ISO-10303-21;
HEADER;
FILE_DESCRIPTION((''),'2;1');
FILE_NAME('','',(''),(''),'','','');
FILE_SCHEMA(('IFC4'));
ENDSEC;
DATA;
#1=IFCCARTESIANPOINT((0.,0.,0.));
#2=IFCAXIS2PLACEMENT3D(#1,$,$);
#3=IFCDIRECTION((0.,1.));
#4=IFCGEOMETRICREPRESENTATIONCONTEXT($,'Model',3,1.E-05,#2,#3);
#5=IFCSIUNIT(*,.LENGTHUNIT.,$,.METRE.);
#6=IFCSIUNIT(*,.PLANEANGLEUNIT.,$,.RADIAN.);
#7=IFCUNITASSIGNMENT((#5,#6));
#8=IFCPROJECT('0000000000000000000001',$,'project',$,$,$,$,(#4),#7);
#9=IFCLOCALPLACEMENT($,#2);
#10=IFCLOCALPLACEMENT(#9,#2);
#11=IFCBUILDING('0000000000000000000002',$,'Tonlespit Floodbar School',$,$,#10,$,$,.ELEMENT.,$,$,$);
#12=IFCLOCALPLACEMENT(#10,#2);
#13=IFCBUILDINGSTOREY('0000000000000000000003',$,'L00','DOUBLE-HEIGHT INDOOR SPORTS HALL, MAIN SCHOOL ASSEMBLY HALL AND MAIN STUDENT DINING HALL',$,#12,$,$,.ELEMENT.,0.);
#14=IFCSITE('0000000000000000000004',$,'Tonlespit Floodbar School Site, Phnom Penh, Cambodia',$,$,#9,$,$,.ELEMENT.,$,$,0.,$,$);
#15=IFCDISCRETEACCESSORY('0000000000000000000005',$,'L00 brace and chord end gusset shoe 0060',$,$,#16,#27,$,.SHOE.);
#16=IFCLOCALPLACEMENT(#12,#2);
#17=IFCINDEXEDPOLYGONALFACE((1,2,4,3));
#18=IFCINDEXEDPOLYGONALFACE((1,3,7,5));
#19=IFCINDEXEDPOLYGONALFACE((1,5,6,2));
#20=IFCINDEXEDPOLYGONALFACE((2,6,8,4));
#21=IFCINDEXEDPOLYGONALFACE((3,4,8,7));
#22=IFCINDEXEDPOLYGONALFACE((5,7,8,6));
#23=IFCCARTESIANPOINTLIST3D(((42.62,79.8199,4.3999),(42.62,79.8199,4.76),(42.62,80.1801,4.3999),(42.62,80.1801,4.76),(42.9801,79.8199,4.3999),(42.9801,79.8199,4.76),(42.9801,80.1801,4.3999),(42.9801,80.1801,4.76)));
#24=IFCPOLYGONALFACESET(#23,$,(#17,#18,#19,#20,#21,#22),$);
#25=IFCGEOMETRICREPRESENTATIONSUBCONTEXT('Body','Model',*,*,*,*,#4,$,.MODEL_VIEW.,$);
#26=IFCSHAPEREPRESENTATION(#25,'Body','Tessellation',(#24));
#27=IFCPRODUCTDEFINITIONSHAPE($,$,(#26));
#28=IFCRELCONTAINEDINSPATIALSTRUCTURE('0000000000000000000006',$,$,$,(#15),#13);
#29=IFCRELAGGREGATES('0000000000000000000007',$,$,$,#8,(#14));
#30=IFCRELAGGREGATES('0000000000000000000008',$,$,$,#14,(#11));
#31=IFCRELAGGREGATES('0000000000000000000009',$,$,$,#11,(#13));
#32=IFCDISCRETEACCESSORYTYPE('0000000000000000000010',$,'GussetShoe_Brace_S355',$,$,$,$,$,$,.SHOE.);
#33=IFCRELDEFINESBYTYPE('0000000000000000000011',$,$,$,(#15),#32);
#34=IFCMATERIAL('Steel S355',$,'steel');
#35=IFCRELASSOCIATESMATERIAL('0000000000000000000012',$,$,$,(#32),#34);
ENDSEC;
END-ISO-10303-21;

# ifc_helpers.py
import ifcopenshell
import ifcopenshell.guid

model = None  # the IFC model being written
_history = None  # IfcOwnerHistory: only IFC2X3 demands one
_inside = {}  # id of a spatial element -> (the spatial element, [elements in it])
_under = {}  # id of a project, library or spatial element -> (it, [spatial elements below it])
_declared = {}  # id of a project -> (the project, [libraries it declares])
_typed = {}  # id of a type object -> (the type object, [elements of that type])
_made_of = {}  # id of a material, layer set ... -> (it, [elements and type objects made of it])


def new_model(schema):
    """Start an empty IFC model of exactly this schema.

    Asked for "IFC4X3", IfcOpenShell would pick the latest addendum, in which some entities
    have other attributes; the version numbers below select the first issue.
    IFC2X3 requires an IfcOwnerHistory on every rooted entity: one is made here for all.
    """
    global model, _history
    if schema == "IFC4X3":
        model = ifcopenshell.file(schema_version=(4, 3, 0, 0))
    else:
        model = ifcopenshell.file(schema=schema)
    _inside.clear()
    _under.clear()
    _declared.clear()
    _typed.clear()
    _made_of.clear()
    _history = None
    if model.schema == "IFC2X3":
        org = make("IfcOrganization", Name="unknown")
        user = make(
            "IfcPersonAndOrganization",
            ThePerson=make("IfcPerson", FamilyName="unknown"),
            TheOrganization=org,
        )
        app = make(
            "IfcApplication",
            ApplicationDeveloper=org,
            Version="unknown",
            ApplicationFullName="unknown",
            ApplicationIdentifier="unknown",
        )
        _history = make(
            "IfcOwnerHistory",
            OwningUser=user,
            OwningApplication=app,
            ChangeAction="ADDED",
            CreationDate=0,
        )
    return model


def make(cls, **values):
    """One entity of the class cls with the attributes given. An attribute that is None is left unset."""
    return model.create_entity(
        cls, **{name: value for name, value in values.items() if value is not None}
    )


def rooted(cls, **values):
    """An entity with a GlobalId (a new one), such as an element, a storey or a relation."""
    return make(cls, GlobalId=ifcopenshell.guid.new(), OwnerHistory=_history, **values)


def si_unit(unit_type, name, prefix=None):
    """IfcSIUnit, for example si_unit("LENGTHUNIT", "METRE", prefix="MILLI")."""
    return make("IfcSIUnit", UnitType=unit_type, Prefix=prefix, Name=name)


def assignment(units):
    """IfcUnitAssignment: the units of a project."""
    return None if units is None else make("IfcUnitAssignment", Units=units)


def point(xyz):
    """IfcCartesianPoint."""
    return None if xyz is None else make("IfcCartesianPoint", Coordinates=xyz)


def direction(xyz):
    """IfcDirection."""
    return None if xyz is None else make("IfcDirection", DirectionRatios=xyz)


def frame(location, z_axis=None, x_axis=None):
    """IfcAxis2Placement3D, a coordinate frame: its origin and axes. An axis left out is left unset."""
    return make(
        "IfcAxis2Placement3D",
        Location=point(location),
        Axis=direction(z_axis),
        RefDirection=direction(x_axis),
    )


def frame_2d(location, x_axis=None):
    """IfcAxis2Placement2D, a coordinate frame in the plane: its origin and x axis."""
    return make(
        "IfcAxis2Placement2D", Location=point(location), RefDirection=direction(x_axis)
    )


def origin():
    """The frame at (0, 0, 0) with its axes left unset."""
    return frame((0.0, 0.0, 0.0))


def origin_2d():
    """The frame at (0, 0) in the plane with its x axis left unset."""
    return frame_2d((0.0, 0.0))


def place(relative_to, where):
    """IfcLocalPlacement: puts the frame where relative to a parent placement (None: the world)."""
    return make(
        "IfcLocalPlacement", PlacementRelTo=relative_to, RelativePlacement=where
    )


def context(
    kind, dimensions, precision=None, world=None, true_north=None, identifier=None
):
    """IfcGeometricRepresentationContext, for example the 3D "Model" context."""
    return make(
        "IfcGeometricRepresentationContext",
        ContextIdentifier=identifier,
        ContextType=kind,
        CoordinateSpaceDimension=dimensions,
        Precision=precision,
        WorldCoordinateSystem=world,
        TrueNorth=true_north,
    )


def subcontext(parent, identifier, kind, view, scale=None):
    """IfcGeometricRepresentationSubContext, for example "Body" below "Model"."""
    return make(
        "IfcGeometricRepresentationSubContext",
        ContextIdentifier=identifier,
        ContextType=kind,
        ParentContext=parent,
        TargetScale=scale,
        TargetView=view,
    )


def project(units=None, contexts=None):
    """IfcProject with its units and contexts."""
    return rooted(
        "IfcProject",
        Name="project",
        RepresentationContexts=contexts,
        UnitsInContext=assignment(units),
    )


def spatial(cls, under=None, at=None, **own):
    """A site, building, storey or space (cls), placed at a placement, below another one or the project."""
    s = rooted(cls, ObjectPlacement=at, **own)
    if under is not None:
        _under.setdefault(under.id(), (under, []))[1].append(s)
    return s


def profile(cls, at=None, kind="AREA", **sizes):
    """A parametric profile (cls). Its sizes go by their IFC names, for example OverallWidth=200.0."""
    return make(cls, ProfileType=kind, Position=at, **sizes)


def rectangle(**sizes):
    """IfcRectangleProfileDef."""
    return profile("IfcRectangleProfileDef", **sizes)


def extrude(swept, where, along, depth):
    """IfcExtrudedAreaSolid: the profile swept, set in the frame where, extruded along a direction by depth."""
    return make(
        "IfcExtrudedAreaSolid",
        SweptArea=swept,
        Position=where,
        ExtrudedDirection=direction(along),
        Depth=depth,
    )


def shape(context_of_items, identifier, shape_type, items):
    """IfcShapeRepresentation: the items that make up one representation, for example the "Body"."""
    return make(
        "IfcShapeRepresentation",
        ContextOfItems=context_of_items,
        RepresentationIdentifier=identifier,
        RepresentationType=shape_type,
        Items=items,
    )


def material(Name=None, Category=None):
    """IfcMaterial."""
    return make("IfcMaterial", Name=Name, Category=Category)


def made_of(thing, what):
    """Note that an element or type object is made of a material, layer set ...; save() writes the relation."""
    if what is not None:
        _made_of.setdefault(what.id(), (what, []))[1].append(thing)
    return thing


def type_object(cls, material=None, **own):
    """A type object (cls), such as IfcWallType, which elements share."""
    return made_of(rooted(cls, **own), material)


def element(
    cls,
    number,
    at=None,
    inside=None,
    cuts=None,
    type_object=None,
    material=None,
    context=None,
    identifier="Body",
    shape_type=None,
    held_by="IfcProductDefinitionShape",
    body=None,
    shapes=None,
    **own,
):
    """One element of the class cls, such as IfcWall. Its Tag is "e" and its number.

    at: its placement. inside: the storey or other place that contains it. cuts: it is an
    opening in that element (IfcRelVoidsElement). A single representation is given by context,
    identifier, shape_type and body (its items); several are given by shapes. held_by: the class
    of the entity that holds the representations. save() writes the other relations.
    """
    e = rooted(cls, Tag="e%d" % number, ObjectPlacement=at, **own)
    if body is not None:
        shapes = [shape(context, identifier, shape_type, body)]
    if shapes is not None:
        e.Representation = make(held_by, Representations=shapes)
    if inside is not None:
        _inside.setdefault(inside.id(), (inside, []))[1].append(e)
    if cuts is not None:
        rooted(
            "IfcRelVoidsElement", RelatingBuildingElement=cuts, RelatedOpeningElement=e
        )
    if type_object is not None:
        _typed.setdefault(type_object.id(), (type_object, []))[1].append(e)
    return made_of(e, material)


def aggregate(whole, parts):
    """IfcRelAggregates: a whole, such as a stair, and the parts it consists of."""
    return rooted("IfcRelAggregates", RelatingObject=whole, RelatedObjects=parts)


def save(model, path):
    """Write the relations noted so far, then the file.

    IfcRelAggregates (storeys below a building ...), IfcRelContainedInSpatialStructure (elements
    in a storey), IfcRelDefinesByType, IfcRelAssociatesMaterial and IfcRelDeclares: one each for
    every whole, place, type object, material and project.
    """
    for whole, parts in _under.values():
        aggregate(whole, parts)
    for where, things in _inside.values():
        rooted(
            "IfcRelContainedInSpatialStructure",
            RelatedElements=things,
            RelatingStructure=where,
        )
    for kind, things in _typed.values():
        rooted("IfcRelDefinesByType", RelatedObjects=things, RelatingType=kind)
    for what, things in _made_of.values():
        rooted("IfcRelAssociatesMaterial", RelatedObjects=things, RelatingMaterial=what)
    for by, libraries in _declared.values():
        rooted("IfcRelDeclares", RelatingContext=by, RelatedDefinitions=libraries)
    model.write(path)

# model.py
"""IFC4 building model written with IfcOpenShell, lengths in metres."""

from ifc_helpers import new_model, si_unit, direction, frame, origin, origin_2d, place, context, subcontext, project, spatial, rectangle, extrude, material, type_object, element, save


model = new_model("IFC4")

# Units and contexts
model_context = context("Model", 3, precision=1e-05, world=origin(), true_north=direction((0.0, 1.0)))
body_context = subcontext(model_context, "Body", "Model", "MODEL_VIEW")
ifc_project = project(units=[si_unit("LENGTHUNIT", "METRE"), si_unit("PLANEANGLEUNIT", "RADIAN")], contexts=[model_context])

# Site, building, storey
site_placement = place(None, origin())
site = spatial("IfcSite", under=ifc_project, at=site_placement, Name="Tonlespit Floodbar School Site, Phnom Penh, Cambodia", CompositionType="ELEMENT", RefElevation=0.0)
building_placement = place(site_placement, origin())
building = spatial("IfcBuilding", under=site, at=building_placement, Name="Tonlespit Floodbar School", CompositionType="ELEMENT")
storey_placement = place(building_placement, origin())
storey = spatial("IfcBuildingStorey", under=building, at=storey_placement, Name="L00", Description="DOUBLE-HEIGHT INDOOR SPORTS HALL, MAIN SCHOOL ASSEMBLY HALL AND MAIN STUDENT DINING HALL", CompositionType="ELEMENT", Elevation=0.0)

# Shared definitions
ifc_material_1 = material(Name="Steel S355", Category="steel")

# Discrete accessory
discrete_accessory_type_1 = type_object("IfcDiscreteAccessoryType", Name="GussetShoe_Brace_S355", PredefinedType="SHOE", material=ifc_material_1)
for number, where, z_axis, x_axis, name in (
    (1, (42.8, 80.0, 4.3999), (0.0, 0.0, 1.0), (1.0, 0.0, 0.0), "L00 brace and chord end gusset shoe 0060"),
):
    element("IfcDiscreteAccessory", number, at=place(storey_placement, frame(where, z_axis=z_axis, x_axis=x_axis)), inside=storey, type_object=discrete_accessory_type_1, Name=name, PredefinedType="SHOE", context=body_context, shape_type="SweptSolid", body=[
        extrude(rectangle(XDim=0.3601, YDim=0.3601, at=origin_2d()), origin(), (0.0, 0.0, 1.0), 0.3601),
    ])

save(model, "model.ifc")
